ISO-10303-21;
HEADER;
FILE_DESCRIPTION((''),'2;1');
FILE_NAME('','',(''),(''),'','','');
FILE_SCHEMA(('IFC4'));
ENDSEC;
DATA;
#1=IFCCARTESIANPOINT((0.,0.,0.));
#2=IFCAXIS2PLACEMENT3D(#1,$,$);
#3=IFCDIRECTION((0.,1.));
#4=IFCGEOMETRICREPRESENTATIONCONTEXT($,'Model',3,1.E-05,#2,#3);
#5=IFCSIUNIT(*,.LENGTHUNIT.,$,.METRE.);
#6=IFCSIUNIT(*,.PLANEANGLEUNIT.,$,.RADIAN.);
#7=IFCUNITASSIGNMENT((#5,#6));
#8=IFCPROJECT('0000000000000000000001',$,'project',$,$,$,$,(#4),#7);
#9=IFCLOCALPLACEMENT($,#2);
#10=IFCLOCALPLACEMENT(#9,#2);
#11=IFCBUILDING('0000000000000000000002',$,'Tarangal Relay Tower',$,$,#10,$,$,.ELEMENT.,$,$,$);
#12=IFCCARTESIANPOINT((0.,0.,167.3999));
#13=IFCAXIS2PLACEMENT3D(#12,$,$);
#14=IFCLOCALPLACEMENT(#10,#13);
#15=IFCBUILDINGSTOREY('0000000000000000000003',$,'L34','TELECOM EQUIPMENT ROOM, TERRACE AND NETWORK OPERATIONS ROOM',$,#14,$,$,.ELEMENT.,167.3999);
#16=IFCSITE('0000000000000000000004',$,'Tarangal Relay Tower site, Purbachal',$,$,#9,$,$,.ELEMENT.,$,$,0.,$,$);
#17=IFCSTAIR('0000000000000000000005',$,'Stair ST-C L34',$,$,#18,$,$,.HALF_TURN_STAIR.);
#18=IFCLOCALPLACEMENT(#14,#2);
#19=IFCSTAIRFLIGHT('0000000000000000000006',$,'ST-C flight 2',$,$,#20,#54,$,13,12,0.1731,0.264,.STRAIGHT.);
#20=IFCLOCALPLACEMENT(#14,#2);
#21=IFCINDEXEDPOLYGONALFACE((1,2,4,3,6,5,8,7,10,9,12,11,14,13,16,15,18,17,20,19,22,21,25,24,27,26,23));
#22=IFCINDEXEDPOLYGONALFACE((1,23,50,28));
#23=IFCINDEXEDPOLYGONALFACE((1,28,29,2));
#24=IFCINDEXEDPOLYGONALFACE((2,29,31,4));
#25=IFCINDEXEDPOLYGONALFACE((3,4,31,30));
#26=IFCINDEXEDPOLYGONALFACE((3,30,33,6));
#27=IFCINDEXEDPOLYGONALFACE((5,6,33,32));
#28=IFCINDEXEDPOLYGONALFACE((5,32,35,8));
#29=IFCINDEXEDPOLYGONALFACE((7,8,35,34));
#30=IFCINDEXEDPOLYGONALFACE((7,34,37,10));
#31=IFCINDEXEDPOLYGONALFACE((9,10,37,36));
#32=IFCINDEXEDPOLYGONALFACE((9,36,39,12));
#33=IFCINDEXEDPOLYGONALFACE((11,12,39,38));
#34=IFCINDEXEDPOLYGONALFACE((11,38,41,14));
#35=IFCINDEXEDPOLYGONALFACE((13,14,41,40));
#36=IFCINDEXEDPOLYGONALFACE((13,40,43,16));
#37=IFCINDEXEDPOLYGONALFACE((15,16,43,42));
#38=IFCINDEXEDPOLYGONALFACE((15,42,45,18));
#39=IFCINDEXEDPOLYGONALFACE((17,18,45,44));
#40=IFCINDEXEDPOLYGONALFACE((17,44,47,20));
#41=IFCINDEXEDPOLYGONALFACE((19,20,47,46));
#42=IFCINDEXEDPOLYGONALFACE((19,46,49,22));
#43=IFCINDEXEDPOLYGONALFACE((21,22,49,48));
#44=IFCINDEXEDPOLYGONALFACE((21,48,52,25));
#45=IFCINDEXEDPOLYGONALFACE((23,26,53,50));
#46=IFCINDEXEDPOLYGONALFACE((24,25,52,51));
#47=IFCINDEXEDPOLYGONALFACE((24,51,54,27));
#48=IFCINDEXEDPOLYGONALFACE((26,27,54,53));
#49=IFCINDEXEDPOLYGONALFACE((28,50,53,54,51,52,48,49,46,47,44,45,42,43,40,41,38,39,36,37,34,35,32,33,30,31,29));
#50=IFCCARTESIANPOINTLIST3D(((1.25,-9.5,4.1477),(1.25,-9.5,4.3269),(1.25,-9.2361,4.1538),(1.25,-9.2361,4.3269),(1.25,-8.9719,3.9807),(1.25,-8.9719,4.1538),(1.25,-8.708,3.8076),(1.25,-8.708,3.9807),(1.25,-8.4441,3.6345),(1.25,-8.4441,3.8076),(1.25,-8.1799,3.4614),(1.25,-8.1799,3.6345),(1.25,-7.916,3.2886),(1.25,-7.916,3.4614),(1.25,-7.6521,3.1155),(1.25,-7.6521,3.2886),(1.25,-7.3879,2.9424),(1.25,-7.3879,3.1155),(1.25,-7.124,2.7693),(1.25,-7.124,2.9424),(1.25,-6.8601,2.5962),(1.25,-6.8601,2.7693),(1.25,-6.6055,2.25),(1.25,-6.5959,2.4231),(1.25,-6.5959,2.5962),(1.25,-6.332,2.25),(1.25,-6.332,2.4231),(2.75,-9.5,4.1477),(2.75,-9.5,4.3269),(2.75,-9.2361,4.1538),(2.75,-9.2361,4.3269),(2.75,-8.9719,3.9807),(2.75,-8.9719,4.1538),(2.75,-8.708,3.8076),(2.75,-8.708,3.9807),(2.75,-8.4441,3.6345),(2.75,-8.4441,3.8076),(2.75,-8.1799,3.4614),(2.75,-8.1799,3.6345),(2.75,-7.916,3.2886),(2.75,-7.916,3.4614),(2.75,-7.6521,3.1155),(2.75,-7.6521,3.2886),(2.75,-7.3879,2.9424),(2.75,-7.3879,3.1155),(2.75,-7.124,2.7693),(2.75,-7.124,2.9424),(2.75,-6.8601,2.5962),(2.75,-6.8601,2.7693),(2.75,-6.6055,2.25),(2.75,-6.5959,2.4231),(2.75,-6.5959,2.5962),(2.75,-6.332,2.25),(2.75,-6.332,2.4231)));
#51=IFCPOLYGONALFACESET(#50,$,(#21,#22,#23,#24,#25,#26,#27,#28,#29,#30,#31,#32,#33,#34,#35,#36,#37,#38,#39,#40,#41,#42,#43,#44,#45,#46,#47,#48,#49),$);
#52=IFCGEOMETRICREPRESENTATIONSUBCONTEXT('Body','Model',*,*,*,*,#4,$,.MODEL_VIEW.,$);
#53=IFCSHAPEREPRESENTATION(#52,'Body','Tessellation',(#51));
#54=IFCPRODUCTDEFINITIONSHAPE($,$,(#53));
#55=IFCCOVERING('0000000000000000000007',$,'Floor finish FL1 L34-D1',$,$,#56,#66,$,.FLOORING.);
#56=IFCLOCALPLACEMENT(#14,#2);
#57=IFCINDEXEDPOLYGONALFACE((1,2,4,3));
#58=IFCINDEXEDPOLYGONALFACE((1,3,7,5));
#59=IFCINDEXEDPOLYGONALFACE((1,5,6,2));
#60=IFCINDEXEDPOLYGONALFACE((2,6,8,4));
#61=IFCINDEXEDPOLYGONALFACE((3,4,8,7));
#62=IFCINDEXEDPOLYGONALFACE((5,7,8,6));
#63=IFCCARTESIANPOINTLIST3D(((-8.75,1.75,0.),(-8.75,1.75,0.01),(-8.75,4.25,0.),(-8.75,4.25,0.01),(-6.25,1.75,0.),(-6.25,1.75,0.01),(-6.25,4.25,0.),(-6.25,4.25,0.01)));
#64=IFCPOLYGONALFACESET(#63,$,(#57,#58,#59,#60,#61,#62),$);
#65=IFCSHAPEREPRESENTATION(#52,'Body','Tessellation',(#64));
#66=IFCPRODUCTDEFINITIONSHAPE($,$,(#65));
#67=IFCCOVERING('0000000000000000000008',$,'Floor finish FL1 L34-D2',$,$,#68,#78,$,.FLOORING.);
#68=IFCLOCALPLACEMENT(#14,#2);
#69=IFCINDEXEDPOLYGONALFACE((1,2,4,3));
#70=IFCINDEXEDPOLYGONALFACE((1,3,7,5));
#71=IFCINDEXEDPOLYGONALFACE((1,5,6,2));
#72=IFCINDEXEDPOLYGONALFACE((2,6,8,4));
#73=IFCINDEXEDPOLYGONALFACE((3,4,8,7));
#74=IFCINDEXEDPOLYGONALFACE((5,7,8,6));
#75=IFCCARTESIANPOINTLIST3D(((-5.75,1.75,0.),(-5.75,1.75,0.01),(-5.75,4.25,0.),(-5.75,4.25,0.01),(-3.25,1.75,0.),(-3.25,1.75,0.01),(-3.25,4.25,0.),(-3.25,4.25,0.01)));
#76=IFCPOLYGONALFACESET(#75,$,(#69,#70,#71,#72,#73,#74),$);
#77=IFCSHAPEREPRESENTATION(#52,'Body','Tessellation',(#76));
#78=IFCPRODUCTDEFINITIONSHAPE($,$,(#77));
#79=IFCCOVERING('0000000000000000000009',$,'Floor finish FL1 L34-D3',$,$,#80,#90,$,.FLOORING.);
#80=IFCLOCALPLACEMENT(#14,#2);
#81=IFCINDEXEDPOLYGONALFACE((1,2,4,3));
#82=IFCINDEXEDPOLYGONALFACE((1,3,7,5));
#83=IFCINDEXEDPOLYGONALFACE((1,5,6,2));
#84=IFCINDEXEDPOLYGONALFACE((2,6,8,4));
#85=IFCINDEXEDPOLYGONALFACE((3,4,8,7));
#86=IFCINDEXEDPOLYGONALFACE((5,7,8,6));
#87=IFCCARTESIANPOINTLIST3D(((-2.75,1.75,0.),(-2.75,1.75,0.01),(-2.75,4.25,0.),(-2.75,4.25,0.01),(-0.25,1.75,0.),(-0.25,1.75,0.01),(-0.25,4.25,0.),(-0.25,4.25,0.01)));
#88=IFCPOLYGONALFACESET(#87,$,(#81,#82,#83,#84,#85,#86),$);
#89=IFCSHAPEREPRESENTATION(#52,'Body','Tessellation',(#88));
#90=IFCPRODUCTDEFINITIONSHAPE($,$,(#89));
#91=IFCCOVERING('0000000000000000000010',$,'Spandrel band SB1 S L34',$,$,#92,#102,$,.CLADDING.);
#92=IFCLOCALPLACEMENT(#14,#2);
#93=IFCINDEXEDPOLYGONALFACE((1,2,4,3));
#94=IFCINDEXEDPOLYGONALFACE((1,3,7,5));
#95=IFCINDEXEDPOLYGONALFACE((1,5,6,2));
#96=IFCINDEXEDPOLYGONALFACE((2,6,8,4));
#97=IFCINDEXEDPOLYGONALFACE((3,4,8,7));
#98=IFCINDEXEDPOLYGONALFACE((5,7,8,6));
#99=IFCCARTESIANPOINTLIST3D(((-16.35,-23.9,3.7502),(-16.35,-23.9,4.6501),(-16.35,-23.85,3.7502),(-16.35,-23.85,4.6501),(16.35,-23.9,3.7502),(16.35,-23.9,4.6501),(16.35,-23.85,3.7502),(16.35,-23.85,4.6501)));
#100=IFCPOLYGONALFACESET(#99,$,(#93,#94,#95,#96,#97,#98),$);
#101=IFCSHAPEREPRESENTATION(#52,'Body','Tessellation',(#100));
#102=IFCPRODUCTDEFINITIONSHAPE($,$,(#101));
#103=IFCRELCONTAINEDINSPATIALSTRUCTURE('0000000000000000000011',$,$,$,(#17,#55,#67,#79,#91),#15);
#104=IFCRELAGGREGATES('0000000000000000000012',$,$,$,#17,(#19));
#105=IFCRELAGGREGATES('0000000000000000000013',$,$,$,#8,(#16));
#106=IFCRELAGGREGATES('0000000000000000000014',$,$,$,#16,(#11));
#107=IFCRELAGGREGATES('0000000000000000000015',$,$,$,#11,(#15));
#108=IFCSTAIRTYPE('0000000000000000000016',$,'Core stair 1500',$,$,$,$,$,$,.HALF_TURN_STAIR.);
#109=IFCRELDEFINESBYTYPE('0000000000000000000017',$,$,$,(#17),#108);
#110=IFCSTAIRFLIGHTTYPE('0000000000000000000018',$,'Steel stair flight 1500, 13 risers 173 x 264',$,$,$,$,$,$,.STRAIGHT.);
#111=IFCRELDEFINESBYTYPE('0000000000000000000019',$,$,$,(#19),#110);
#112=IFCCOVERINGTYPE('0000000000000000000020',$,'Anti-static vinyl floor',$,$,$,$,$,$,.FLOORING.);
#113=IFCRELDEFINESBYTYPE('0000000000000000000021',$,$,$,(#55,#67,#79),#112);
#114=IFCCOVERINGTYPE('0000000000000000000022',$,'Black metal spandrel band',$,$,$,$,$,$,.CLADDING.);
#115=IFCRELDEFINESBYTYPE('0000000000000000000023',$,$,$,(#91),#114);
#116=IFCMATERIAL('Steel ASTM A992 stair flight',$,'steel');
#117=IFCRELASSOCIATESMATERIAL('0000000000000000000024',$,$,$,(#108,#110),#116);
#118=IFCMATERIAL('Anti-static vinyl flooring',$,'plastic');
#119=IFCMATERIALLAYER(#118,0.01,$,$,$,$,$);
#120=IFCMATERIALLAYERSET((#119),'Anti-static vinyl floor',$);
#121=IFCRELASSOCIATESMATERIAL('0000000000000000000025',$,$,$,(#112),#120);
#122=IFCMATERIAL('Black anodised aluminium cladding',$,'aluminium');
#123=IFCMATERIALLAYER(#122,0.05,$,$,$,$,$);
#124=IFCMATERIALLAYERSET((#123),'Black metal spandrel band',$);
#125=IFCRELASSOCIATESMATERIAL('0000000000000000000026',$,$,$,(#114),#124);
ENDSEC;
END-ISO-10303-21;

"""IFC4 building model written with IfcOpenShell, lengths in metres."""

from ifc_helpers import new_model, si_unit, direction, frame, origin, origin_2d, place, context, subcontext, project, spatial, polyline, rectangle, outline, extrude, material, layer, layer_set, type_object, element, aggregate, save


model = new_model("IFC4")

# Units and contexts
model_context = context("Model", 3, precision=1e-05, world=origin(), true_north=direction((0.0, 1.0)))
body_context = subcontext(model_context, "Body", "Model", "MODEL_VIEW")
ifc_project = project(units=[si_unit("LENGTHUNIT", "METRE"), si_unit("PLANEANGLEUNIT", "RADIAN")], contexts=[model_context])

# Site, building, storey
site_placement = place(None, origin())
site = spatial("IfcSite", under=ifc_project, at=site_placement, Name="Tarangal Relay Tower site, Purbachal", CompositionType="ELEMENT", RefElevation=0.0)
building_placement = place(site_placement, origin())
building = spatial("IfcBuilding", under=site, at=building_placement, Name="Tarangal Relay Tower", CompositionType="ELEMENT")
storey_placement = place(building_placement, frame((0.0, 0.0, 167.3999)))
storey = spatial("IfcBuildingStorey", under=building, at=storey_placement, Name="L34", Description="TELECOM EQUIPMENT ROOM, TERRACE AND NETWORK OPERATIONS ROOM", CompositionType="ELEMENT", Elevation=167.3999)

# Shared definitions
ifc_material_1 = material(Name="Steel ASTM A992 stair flight", Category="steel")
stair_type = type_object("IfcStairType", Name="Core stair 1500", PredefinedType="HALF_TURN_STAIR", material=ifc_material_1)

# Stair, stair flight
stair_1_placement = place(storey_placement, origin())
stair_1 = element("IfcStair", 1, at=stair_1_placement, inside=storey, type_object=stair_type, Name="Stair ST-C L34", PredefinedType="HALF_TURN_STAIR")
stair_flight_type = type_object("IfcStairFlightType", Name="Steel stair flight 1500, 13 risers 173 x 264", PredefinedType="STRAIGHT", material=ifc_material_1)
stair_flight_placement = place(storey_placement, frame((2.0, -6.332, 2.25), z_axis=(0.0, 0.0, 1.0), x_axis=(0.0, -1.0, 0.0)))
stair_flight = element("IfcStairFlight", 2, at=stair_flight_placement, type_object=stair_flight_type, Name="ST-C flight 2", NumberOfRisers=13, NumberOfTreads=12, PredefinedType="STRAIGHT", RiserHeight=0.1731, TreadLength=0.264, context=body_context, shape_type="SweptSolid", body=[
    extrude(outline(polyline([(0.0, 0.0), (0.0, 0.1731), (0.2639, 0.1731), (0.2639, 0.3462), (0.5281, 0.3462), (0.5281, 0.5193), (0.792, 0.5193), (0.792, 0.6924), (1.0559, 0.6924), (1.0559, 0.8655), (1.3201, 0.8655), (1.3201, 1.0386), (1.584, 1.0386), (1.584, 1.2114), (1.8479, 1.2114), (1.8479, 1.3845), (2.1121, 1.3845), (2.1121, 1.5576), (2.376, 1.5576), (2.376, 1.7307), (2.6399, 1.7307), (2.6399, 1.9038), (2.9041, 1.9038), (2.9041, 2.0769), (3.168, 2.0769), (3.168, 2.25), (3.168, 1.8977), (0.2734, 0.0), (0.0, 0.0)])), frame((0.0, 0.75, 0.0), z_axis=(0.0, -1.0, 0.0), x_axis=(1.0, 0.0, 0.0)), (0.0, 0.0, 1.0), 1.5),
])
aggregate(stair_1, [stair_flight])

# Coverings
ifc_material_2 = material(Name="Anti-static vinyl flooring", Category="plastic")
ifc_layer_1 = layer(ifc_material_2, 0.01)
ifc_layer_set_1 = layer_set([ifc_layer_1], Name="Anti-static vinyl floor")
covering_type_1 = type_object("IfcCoveringType", Name="Anti-static vinyl floor", PredefinedType="FLOORING", material=ifc_layer_set_1)
covering_1_placement = place(storey_placement, origin())
element("IfcCovering", 3, at=covering_1_placement, inside=storey, type_object=covering_type_1, Name="Floor finish FL1 L34-D1", PredefinedType="FLOORING", context=body_context, shape_type="SweptSolid", body=[
    extrude(outline(polyline([(-8.75, 1.75), (-6.25, 1.75), (-6.25, 4.25), (-8.75, 4.25), (-8.75, 1.75)])), origin(), (0.0, 0.0, 1.0), 0.01),
])
covering_2_placement = place(storey_placement, origin())
element("IfcCovering", 4, at=covering_2_placement, inside=storey, type_object=covering_type_1, Name="Floor finish FL1 L34-D2", PredefinedType="FLOORING", context=body_context, shape_type="SweptSolid", body=[
    extrude(outline(polyline([(-5.75, 1.75), (-3.25, 1.75), (-3.25, 4.25), (-5.75, 4.25), (-5.75, 1.75)])), origin(), (0.0, 0.0, 1.0), 0.01),
])
covering_3_placement = place(storey_placement, origin())
element("IfcCovering", 5, at=covering_3_placement, inside=storey, type_object=covering_type_1, Name="Floor finish FL1 L34-D3", PredefinedType="FLOORING", context=body_context, shape_type="SweptSolid", body=[
    extrude(outline(polyline([(-2.75, 1.75), (-0.25, 1.75), (-0.25, 4.25), (-2.75, 4.25), (-2.75, 1.75)])), origin(), (0.0, 0.0, 1.0), 0.01),
])
ifc_material_3 = material(Name="Black anodised aluminium cladding", Category="aluminium")
ifc_layer_2 = layer(ifc_material_3, 0.05)
ifc_layer_set_2 = layer_set([ifc_layer_2], Name="Black metal spandrel band")
covering_type_2 = type_object("IfcCoveringType", Name="Black metal spandrel band", PredefinedType="CLADDING", material=ifc_layer_set_2)
covering_4_placement = place(storey_placement, frame((0.0, -23.875, 3.7502), z_axis=(0.0, 0.0, 1.0), x_axis=(-1.0, 0.0, 0.0)))
element("IfcCovering", 6, at=covering_4_placement, inside=storey, type_object=covering_type_2, Name="Spandrel band SB1 S L34", PredefinedType="CLADDING", context=body_context, shape_type="SweptSolid", body=[
    extrude(rectangle(XDim=32.7, YDim=0.05, at=origin_2d()), origin(), (0.0, 0.0, 1.0), 0.8999),
])

save(model, "model.ifc")
